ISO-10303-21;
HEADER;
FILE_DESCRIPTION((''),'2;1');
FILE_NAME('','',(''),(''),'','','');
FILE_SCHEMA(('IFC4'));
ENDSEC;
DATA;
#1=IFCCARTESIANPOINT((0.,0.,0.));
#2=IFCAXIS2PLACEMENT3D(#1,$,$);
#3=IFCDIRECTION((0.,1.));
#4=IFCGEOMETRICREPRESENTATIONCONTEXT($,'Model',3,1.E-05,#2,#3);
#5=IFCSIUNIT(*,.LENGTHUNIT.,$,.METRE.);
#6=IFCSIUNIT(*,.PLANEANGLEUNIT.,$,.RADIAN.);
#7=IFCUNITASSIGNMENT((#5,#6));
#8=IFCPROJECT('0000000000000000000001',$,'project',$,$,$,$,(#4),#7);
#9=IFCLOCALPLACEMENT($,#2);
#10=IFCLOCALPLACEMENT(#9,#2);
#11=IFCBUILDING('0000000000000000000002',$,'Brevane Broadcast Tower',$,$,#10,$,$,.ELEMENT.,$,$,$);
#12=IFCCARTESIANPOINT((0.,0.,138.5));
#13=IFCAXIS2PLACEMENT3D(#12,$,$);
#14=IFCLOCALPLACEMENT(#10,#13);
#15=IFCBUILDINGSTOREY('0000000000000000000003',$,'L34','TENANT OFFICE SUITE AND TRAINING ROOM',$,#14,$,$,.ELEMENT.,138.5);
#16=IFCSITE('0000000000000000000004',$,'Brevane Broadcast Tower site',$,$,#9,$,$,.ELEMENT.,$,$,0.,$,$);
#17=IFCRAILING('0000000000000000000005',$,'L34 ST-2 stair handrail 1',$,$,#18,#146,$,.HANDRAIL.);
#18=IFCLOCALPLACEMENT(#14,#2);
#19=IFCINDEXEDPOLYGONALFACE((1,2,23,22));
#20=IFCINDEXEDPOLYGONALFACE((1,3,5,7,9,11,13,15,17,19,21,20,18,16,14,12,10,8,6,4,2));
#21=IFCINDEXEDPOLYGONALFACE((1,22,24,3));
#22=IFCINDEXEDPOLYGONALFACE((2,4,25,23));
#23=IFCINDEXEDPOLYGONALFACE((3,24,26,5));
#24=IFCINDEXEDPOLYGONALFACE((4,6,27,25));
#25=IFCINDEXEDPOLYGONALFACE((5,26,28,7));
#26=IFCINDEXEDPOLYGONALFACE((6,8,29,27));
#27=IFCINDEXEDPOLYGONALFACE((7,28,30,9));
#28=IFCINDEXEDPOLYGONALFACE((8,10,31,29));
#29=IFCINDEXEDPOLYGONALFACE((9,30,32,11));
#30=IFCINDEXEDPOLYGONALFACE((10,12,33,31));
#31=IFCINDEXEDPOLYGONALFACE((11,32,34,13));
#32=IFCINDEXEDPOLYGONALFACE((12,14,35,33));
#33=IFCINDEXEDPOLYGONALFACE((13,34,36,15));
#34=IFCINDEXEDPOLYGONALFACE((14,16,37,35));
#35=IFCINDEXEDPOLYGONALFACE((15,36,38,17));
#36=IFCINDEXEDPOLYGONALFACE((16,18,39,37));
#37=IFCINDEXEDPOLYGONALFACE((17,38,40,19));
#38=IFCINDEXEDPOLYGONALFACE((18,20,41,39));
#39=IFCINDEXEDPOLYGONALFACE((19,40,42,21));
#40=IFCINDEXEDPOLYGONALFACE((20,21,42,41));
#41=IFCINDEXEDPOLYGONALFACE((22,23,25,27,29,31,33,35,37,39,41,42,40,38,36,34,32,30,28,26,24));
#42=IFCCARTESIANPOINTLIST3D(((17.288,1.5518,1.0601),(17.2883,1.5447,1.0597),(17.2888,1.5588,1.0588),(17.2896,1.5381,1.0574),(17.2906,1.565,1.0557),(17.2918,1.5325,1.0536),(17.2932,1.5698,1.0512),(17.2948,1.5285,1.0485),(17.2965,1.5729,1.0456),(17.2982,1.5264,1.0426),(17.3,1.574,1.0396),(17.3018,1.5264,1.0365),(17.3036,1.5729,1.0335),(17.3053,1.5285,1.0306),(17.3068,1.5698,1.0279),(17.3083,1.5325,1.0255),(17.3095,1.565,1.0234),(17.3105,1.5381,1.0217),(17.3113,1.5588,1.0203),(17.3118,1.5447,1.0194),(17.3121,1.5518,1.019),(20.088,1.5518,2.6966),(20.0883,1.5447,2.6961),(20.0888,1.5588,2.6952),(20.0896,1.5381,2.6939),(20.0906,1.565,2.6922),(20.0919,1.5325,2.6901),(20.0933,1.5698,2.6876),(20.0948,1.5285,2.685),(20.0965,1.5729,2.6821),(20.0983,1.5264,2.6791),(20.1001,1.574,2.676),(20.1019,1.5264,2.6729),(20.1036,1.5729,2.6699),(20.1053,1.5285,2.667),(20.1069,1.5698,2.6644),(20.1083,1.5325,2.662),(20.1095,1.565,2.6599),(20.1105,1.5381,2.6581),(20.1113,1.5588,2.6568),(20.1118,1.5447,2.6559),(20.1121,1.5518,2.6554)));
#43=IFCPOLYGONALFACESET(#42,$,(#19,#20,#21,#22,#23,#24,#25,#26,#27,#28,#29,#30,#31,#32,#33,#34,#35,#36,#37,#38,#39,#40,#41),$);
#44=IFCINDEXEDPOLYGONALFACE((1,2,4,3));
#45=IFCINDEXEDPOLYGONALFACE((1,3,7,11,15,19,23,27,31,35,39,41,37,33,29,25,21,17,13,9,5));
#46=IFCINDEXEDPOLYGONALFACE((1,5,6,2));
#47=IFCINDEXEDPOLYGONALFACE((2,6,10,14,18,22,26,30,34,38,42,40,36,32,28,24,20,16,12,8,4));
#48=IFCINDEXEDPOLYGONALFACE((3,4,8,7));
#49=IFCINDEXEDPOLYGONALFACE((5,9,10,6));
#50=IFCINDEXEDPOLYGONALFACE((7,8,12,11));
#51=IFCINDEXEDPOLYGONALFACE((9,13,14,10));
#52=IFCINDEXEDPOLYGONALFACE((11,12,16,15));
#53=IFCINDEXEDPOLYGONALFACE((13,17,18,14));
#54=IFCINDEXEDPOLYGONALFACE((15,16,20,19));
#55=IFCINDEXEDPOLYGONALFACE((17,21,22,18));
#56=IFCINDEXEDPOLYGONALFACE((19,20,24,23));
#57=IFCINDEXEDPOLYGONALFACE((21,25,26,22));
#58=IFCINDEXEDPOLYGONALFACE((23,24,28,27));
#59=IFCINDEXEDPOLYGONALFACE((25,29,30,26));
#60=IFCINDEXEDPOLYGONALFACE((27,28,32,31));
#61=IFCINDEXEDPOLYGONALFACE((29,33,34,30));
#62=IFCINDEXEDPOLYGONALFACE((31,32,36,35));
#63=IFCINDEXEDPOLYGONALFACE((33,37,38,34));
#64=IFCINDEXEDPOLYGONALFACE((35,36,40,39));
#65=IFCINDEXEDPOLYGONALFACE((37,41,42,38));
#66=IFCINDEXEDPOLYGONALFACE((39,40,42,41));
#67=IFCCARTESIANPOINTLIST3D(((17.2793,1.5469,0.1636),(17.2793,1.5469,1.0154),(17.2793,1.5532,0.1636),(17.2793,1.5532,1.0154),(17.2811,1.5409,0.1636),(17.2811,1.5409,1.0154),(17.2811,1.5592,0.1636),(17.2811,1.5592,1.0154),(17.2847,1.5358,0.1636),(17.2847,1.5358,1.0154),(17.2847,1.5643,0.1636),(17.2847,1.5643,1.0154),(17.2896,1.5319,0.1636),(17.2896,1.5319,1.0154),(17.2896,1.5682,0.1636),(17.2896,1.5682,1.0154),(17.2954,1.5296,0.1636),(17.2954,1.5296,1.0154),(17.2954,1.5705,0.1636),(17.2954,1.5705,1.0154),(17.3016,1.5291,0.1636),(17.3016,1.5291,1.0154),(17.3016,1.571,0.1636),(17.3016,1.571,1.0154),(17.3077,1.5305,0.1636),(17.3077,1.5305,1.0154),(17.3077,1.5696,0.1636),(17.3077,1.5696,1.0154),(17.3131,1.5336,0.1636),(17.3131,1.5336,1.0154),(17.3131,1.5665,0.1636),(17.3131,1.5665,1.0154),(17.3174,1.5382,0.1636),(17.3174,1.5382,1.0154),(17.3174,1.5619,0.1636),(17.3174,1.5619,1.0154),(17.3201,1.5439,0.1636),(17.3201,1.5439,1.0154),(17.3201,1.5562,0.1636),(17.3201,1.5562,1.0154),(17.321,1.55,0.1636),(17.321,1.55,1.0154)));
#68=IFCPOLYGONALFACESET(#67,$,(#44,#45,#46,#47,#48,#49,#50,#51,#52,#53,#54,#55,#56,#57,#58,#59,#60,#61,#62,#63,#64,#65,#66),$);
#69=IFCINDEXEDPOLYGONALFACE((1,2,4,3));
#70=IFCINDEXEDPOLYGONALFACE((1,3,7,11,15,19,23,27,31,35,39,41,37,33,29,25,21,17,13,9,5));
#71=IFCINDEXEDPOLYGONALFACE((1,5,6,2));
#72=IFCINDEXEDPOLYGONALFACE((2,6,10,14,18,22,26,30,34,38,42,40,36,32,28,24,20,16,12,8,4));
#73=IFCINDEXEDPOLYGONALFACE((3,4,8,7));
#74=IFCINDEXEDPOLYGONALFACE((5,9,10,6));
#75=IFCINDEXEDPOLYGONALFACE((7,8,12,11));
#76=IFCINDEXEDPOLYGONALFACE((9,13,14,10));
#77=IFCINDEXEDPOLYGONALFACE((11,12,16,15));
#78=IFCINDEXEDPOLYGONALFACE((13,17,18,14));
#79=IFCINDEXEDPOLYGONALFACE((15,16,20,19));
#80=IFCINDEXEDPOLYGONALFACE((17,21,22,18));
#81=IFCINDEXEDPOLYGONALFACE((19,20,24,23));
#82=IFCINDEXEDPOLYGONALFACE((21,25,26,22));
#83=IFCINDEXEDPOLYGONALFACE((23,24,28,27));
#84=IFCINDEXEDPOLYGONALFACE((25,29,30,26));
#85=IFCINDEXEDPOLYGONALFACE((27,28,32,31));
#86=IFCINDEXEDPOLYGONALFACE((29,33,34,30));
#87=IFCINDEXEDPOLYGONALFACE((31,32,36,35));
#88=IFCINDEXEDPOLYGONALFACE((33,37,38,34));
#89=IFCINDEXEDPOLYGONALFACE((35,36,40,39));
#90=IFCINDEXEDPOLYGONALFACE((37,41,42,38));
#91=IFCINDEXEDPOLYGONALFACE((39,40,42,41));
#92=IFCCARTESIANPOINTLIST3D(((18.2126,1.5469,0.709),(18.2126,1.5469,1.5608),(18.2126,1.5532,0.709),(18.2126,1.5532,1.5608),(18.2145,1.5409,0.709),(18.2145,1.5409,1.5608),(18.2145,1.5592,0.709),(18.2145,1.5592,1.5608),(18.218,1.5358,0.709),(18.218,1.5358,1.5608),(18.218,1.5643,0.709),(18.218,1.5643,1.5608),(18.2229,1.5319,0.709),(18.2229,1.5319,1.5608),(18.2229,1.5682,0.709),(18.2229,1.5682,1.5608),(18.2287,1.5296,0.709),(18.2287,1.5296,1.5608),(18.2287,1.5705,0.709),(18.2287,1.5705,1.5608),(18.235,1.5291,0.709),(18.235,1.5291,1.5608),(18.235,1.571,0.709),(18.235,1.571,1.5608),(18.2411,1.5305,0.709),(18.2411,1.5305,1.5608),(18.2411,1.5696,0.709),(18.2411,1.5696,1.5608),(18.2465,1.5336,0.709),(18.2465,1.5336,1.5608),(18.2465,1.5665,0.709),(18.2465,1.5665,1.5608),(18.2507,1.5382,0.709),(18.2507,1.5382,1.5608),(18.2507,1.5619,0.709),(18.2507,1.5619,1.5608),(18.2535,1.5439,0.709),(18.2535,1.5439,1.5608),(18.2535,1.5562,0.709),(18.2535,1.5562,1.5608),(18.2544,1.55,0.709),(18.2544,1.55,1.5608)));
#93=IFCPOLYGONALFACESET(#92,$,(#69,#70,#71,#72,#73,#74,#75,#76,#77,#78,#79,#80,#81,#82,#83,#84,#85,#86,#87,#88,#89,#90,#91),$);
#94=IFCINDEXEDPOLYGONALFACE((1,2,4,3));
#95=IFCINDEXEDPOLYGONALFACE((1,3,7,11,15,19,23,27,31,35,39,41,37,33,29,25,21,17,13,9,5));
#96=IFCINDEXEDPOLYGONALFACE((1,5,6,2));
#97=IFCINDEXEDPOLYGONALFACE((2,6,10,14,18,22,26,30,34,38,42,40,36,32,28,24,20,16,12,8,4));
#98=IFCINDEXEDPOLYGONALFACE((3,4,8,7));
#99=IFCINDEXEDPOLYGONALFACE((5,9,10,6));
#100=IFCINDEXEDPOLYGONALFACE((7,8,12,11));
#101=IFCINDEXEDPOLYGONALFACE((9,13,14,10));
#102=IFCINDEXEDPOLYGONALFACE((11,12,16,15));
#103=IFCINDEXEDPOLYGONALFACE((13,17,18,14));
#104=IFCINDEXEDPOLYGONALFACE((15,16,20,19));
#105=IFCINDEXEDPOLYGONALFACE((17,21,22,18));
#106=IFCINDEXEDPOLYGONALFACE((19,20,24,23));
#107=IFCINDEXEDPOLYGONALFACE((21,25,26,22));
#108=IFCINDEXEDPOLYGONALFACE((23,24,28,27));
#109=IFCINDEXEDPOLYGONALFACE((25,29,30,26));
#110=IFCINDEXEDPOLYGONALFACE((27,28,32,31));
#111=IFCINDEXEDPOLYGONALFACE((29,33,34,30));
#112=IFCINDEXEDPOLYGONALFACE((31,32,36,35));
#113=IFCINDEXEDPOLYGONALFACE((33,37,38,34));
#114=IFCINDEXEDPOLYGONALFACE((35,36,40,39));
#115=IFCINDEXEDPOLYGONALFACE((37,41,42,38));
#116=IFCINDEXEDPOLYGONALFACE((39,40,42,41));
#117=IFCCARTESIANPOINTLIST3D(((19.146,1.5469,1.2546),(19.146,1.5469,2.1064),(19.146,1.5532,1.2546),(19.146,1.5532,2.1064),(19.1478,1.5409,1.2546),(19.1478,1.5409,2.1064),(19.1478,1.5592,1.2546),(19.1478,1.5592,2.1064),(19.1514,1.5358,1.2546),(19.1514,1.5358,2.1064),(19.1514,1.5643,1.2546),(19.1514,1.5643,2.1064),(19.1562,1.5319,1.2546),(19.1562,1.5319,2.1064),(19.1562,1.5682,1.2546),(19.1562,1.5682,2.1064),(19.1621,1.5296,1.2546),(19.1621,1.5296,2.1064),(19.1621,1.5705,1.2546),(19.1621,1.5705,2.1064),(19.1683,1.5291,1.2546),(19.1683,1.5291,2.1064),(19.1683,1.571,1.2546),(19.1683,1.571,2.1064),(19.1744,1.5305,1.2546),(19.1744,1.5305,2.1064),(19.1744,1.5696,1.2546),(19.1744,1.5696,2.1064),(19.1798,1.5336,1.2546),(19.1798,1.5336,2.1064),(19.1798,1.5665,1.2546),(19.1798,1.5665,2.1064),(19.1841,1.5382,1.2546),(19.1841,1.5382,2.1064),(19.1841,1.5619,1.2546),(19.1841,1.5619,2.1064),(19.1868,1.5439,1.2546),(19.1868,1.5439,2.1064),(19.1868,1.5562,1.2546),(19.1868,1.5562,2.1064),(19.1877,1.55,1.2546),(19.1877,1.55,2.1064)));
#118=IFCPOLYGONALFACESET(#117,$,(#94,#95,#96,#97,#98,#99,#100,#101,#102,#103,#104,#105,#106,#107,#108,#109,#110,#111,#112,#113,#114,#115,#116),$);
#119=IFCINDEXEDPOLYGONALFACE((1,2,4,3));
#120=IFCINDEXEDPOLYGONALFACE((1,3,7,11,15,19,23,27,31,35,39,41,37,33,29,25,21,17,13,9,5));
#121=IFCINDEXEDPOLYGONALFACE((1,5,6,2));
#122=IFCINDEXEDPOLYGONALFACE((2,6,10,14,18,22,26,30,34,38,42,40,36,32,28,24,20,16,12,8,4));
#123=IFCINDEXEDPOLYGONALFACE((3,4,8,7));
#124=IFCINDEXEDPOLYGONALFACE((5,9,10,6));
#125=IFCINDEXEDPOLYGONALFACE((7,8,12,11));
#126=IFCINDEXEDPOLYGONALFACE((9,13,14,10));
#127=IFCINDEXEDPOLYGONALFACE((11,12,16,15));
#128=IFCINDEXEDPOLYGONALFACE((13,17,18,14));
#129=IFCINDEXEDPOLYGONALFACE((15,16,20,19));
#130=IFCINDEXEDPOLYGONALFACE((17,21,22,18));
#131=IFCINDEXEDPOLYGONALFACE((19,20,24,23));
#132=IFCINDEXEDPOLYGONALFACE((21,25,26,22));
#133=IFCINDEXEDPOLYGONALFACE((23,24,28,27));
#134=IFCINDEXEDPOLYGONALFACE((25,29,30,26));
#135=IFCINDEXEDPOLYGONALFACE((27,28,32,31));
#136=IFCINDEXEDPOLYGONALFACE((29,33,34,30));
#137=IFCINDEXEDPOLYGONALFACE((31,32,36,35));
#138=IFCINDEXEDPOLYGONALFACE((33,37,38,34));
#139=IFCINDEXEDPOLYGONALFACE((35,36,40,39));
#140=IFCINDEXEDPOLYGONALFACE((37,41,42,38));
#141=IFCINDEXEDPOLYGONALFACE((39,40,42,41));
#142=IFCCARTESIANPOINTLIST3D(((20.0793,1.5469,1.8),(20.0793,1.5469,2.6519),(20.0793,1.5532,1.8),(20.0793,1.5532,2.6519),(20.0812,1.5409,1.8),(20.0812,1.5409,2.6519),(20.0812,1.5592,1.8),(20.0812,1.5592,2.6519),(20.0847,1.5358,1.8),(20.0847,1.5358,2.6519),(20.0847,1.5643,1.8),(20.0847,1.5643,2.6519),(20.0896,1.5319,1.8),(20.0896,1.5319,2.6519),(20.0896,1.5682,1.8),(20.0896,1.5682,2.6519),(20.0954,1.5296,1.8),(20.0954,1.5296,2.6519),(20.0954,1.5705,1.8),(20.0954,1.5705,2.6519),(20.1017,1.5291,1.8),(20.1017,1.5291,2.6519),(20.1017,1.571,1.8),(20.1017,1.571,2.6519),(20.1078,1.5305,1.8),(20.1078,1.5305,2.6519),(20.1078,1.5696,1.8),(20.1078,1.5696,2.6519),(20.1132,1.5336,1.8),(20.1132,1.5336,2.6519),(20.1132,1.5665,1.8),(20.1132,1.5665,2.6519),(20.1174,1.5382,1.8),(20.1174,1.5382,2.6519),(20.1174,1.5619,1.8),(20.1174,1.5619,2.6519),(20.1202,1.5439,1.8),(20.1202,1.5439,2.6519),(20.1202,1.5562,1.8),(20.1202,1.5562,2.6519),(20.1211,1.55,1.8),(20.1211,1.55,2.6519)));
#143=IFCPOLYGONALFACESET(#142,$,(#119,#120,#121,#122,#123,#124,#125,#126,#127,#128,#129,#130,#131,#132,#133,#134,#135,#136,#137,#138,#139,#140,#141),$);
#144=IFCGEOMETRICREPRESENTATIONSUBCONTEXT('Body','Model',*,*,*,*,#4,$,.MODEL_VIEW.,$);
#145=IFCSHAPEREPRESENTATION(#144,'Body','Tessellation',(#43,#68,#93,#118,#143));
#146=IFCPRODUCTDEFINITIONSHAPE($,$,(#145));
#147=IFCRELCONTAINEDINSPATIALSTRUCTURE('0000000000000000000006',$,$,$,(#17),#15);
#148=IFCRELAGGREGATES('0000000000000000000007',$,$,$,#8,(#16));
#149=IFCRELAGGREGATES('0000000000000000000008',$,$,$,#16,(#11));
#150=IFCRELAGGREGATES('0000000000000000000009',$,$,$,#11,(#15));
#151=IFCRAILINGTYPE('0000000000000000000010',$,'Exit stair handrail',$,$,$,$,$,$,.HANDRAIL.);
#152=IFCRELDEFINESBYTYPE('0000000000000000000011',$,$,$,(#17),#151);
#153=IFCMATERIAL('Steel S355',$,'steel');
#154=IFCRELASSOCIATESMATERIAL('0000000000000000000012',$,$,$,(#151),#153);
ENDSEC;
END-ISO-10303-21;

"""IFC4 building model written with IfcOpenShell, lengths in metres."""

from ifc_helpers import new_model, si_unit, direction, frame, origin, origin_2d, place, context, subcontext, project, spatial, circle, extrude, material, type_object, element, save


model = new_model("IFC4")

# Units and contexts
model_context = context("Model", 3, precision=1e-05, world=origin(), true_north=direction((0.0, 1.0)))
body_context = subcontext(model_context, "Body", "Model", "MODEL_VIEW")
ifc_project = project(units=[si_unit("LENGTHUNIT", "METRE"), si_unit("PLANEANGLEUNIT", "RADIAN")], contexts=[model_context])

# Site, building, storey
site_placement = place(None, origin())
site = spatial("IfcSite", under=ifc_project, at=site_placement, Name="Brevane Broadcast Tower site", CompositionType="ELEMENT", RefElevation=0.0)
building_placement = place(site_placement, origin())
building = spatial("IfcBuilding", under=site, at=building_placement, Name="Brevane Broadcast Tower", CompositionType="ELEMENT")
storey_placement = place(building_placement, frame((0.0, 0.0, 138.5)))
storey = spatial("IfcBuildingStorey", under=building, at=storey_placement, Name="L34", Description="TENANT OFFICE SUITE AND TRAINING ROOM", CompositionType="ELEMENT", Elevation=138.5)

# Railing
ifc_material_1 = material(Name="Steel S355", Category="steel")
railing_type_1 = type_object("IfcRailingType", Name="Exit stair handrail", PredefinedType="HANDRAIL", material=ifc_material_1)
railing_1_placement = place(storey_placement, frame((17.3, 1.55, 0.1636)))
element("IfcRailing", 1, at=railing_1_placement, inside=storey, type_object=railing_type_1, Name="L34 ST-2 stair handrail 1", PredefinedType="HANDRAIL", context=body_context, shape_type="SweptSolid", body=[
    extrude(circle(Radius=0.0239, at=origin_2d()), frame((0.0, 0.0, 0.876), z_axis=(0.863361, 0.0, 0.504587), x_axis=(0.0, 1.0, 0.0)), (0.0, 0.0, 1.0), 3.2432),
    extrude(circle(Radius=0.021, at=origin_2d()), origin(), (0.0, 0.0, 1.0), 0.8518),
    extrude(circle(Radius=0.021, at=origin_2d()), frame((0.9333, 0.0, 0.5454)), (0.0, 0.0, 1.0), 0.8518),
    extrude(circle(Radius=0.021, at=origin_2d()), frame((1.8667, 0.0, 1.0911)), (0.0, 0.0, 1.0), 0.8518),
    extrude(circle(Radius=0.021, at=origin_2d()), frame((2.8, 0.0, 1.6365)), (0.0, 0.0, 1.0), 0.8518),
])

save(model, "model.ifc")
